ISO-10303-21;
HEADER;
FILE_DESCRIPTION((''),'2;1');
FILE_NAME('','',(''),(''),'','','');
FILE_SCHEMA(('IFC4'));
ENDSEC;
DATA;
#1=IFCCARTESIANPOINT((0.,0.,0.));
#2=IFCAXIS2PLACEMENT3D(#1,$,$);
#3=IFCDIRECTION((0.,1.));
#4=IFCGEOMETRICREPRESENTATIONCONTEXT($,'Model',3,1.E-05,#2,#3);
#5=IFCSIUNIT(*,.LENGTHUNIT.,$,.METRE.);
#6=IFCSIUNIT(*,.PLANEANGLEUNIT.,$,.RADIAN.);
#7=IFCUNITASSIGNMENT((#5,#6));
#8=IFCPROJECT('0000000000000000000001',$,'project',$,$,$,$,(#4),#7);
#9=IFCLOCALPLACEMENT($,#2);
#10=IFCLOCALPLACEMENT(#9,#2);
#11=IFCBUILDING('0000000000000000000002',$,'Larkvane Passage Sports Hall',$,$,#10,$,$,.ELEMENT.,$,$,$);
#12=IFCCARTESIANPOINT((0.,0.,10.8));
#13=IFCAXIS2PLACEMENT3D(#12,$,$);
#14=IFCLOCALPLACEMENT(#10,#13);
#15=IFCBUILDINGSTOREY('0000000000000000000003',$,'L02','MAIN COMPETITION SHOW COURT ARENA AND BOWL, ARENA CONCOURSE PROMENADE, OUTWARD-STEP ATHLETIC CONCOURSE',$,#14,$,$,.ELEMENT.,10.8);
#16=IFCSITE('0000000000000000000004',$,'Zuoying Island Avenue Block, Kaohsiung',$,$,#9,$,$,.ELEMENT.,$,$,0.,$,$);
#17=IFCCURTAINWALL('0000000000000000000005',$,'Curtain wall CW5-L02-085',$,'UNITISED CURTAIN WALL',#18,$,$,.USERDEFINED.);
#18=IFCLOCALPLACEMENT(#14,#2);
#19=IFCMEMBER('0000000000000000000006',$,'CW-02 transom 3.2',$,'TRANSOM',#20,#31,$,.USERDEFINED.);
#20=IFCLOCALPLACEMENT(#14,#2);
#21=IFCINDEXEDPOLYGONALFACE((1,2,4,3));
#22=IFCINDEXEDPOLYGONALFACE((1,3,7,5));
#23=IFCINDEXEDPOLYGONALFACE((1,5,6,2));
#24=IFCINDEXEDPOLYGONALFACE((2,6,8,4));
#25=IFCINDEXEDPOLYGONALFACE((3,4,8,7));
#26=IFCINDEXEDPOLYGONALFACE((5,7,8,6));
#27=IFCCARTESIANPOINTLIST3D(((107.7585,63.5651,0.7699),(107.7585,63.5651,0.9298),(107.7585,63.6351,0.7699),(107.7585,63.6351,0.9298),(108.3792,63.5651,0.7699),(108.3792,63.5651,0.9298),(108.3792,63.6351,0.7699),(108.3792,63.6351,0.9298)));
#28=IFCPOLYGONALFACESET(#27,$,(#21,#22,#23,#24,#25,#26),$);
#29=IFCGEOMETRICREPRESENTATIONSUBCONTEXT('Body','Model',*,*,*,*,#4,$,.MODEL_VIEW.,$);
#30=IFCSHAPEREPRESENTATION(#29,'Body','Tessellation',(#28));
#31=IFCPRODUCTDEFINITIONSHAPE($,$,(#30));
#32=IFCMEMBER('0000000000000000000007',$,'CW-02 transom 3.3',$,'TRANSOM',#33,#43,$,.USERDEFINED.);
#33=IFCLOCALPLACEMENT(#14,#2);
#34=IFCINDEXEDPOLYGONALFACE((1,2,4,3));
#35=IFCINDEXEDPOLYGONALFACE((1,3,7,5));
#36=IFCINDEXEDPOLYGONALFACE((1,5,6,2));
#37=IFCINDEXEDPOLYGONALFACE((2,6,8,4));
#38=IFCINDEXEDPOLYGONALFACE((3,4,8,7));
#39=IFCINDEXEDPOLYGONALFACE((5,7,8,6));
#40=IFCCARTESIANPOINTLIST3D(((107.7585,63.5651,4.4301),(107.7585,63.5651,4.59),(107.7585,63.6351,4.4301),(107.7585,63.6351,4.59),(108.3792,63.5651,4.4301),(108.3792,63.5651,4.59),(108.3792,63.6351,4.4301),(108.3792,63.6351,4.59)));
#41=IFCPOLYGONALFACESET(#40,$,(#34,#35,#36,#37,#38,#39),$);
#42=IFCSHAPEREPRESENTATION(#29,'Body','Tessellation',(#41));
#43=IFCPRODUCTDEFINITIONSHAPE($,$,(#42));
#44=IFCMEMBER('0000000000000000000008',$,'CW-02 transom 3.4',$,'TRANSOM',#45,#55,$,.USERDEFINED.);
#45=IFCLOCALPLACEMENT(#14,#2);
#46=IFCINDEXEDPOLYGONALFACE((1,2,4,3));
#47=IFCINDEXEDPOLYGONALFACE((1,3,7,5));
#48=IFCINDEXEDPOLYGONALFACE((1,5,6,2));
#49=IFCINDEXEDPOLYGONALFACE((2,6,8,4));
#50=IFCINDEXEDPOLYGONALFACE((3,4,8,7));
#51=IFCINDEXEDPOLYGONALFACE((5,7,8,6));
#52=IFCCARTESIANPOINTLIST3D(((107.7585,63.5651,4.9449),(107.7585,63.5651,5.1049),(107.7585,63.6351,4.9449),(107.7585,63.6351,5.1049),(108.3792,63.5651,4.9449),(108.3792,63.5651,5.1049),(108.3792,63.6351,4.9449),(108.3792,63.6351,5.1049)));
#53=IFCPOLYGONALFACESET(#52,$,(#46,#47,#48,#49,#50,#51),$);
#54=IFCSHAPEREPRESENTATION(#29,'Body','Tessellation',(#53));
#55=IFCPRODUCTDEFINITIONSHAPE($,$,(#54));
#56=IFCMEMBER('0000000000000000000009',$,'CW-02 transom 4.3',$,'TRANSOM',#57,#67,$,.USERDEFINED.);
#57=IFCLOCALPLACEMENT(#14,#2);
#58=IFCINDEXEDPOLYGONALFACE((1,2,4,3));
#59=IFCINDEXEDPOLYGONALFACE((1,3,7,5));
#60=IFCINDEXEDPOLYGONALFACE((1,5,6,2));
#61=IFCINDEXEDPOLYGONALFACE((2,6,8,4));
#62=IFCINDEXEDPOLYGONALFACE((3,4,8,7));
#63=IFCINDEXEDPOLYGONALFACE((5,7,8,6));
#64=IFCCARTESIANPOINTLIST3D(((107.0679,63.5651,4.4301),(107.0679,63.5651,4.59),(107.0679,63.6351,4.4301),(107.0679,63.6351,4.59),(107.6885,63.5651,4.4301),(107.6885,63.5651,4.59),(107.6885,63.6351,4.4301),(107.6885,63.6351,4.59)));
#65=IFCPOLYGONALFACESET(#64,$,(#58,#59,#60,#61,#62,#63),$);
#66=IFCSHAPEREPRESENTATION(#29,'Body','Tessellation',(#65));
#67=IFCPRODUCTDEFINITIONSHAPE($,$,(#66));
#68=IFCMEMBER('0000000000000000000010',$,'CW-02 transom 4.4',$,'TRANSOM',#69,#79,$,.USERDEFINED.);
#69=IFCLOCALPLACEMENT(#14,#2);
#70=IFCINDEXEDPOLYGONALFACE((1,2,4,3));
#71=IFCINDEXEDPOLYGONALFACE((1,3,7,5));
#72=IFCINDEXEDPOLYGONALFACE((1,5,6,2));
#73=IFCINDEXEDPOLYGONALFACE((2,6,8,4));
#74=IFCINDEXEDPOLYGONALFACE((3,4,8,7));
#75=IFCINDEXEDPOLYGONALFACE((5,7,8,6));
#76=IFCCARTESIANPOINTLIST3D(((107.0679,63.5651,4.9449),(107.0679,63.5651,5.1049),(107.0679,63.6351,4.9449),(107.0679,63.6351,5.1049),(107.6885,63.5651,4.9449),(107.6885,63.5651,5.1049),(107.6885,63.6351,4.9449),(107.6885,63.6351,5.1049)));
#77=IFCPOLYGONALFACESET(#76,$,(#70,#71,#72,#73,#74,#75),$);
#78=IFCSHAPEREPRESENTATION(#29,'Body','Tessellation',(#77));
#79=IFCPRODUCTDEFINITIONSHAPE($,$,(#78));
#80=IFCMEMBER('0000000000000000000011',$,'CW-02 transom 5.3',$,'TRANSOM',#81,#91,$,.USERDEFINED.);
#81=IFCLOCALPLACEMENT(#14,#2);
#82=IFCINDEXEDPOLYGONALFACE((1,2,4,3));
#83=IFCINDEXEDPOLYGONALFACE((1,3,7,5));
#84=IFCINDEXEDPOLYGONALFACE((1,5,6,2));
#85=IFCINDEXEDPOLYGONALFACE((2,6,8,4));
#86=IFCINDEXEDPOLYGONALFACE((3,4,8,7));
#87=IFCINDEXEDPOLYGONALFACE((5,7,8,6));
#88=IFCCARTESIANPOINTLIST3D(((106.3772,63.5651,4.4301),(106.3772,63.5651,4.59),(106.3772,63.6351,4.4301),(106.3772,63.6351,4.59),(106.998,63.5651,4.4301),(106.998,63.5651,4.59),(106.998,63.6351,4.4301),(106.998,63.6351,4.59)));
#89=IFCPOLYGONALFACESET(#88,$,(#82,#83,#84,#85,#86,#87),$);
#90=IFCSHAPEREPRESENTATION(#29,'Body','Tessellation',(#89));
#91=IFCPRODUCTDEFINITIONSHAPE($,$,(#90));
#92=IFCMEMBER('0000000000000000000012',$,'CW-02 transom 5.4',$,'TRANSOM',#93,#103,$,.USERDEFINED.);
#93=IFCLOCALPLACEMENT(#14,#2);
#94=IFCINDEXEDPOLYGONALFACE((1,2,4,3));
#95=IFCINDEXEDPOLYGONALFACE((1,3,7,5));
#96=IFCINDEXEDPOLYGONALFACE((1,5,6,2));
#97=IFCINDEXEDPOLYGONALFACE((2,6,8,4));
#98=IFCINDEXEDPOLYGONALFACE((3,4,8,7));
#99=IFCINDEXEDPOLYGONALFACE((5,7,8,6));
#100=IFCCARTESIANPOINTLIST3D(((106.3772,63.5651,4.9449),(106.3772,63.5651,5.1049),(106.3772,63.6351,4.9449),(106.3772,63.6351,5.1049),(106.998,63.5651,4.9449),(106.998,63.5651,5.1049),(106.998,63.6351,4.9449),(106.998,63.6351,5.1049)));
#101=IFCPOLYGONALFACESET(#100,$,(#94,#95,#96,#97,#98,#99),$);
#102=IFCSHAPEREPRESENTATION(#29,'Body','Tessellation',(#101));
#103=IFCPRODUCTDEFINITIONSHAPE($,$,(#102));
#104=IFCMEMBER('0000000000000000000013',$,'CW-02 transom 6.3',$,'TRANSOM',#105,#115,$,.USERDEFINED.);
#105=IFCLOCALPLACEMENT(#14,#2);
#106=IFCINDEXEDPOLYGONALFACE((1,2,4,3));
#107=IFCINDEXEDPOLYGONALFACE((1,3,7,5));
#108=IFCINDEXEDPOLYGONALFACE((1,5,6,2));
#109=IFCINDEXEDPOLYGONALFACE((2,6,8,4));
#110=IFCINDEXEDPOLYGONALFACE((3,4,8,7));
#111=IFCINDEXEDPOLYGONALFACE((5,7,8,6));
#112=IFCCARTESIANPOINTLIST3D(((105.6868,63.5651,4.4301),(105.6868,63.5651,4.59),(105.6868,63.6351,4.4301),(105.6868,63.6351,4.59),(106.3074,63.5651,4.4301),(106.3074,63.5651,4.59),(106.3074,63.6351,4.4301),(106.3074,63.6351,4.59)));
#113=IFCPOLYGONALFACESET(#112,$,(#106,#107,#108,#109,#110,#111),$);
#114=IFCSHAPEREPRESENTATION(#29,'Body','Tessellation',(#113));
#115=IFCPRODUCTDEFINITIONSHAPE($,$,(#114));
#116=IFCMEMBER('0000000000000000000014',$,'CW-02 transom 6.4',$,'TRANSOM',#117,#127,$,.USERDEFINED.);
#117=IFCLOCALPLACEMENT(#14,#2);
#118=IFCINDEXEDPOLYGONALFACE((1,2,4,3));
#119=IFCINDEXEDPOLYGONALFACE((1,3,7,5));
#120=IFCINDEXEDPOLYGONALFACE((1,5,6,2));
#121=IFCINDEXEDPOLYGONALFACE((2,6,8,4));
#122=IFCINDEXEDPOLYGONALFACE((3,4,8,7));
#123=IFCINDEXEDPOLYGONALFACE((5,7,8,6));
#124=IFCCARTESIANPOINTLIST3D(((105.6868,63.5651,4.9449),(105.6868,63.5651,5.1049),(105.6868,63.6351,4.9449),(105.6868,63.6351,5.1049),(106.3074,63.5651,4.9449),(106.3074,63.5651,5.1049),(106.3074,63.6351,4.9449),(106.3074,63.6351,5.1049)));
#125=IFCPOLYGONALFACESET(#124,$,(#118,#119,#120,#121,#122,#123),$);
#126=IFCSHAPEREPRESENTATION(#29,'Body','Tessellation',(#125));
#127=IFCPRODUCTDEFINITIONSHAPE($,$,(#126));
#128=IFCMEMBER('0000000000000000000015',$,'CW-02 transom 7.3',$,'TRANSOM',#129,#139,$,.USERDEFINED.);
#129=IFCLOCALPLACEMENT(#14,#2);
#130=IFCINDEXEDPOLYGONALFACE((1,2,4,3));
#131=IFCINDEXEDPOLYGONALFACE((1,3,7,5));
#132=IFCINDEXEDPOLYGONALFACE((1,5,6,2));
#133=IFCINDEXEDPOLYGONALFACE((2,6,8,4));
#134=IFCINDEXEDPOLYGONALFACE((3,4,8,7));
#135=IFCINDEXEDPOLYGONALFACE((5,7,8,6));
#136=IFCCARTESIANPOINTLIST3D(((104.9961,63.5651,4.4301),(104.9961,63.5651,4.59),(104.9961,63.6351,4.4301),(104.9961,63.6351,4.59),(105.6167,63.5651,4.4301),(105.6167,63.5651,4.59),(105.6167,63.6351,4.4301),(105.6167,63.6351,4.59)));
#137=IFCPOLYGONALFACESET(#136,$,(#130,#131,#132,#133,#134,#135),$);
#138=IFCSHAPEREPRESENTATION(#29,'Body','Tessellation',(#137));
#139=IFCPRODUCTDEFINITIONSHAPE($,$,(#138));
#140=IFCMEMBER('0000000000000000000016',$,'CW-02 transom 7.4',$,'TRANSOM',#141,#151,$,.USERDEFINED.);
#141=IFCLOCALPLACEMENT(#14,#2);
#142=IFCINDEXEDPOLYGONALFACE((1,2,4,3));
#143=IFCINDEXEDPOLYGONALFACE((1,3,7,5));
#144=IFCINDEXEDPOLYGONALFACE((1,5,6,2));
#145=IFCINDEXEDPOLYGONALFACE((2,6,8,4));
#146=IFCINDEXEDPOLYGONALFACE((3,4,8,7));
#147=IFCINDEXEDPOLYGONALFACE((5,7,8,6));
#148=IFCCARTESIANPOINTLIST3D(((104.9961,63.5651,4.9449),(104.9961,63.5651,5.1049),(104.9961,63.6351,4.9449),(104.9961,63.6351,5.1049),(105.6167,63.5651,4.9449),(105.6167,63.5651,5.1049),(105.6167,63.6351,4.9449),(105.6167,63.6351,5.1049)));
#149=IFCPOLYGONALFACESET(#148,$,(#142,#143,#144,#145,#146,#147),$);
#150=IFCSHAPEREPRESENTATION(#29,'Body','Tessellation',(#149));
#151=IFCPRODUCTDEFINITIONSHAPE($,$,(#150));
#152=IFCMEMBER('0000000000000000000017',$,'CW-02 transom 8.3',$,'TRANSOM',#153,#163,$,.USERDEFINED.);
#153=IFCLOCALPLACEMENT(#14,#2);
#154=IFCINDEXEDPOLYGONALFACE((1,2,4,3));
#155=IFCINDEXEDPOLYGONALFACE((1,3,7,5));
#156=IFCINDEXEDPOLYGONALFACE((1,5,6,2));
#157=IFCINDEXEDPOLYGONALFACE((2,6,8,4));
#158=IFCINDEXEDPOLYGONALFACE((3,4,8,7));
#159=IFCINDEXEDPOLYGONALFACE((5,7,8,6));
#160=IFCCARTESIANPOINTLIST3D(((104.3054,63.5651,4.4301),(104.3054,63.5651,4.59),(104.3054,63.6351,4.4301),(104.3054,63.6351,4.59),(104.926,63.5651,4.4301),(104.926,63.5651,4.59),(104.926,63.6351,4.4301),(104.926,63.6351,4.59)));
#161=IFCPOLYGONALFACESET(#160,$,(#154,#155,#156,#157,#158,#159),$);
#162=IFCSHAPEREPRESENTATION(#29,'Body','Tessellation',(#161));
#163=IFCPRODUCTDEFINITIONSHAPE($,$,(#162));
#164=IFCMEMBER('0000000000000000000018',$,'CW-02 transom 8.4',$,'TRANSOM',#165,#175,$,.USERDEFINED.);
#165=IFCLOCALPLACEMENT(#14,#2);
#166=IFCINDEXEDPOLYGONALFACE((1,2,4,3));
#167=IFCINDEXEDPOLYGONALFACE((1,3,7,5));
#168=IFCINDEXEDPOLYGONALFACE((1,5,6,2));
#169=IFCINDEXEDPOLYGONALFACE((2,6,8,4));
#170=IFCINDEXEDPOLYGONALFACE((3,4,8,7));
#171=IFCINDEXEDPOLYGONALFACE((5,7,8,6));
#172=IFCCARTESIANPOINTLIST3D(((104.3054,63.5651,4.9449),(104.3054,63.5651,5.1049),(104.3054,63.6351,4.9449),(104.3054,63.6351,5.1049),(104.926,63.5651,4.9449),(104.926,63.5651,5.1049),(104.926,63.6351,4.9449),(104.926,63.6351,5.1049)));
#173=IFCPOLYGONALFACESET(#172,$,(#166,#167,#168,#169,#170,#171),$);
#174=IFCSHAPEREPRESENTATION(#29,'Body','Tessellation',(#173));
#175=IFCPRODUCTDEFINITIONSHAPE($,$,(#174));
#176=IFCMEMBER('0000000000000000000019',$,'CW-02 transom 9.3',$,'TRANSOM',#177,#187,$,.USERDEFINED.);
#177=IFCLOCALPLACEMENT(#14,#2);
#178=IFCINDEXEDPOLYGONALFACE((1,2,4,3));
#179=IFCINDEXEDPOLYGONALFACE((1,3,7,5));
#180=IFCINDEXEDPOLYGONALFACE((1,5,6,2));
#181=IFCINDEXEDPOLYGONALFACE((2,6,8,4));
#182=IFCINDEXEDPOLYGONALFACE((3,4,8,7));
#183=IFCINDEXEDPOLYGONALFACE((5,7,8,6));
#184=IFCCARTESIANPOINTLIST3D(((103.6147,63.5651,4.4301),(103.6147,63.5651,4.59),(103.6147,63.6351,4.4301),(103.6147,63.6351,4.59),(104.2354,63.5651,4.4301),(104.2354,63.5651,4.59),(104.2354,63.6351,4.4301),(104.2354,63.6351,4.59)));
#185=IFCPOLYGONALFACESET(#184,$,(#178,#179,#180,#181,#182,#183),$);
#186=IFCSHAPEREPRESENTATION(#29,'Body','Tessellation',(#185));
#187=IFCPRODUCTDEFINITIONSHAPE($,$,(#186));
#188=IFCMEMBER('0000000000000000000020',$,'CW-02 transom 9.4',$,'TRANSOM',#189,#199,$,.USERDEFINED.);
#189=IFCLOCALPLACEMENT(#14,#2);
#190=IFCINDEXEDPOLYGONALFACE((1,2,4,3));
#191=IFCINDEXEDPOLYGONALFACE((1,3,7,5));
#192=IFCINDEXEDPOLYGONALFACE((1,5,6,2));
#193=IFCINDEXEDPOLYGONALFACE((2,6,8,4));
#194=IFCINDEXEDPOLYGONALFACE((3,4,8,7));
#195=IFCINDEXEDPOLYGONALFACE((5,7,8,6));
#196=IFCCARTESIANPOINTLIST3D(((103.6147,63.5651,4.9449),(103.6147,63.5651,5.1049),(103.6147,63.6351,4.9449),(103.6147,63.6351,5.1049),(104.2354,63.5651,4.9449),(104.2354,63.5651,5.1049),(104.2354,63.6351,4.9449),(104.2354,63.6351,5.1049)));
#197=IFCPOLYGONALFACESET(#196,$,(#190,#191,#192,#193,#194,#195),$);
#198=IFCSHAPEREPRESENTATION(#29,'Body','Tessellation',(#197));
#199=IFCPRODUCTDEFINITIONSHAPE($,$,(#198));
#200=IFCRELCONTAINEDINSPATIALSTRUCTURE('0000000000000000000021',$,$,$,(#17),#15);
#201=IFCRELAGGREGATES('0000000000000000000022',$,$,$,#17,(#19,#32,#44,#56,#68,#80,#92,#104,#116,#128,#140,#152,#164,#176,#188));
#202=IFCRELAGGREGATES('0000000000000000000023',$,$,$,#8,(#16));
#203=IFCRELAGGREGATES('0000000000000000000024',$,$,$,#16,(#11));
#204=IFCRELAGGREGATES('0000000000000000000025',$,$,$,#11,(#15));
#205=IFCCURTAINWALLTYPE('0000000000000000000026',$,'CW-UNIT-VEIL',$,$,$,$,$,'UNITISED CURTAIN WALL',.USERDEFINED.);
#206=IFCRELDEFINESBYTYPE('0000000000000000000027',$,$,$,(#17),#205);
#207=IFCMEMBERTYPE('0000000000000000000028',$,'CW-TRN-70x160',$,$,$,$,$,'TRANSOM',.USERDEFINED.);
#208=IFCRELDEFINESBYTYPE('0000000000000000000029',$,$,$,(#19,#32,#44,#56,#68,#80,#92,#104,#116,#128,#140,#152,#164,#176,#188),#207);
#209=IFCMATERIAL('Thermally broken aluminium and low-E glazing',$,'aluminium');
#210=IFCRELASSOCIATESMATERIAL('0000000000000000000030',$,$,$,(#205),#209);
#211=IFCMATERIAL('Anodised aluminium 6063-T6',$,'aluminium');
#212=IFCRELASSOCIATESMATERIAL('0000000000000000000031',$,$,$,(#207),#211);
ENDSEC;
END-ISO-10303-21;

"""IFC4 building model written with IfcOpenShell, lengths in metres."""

from ifc_helpers import new_model, si_unit, direction, frame, origin, origin_2d, place, context, subcontext, project, spatial, rectangle, extrude, material, material_profile, profile_set, type_object, element, aggregate, save


model = new_model("IFC4")

# Units and contexts
model_context = context("Model", 3, precision=1e-05, world=origin(), true_north=direction((0.0, 1.0)))
body_context = subcontext(model_context, "Body", "Model", "MODEL_VIEW")
ifc_project = project(units=[si_unit("LENGTHUNIT", "METRE"), si_unit("PLANEANGLEUNIT", "RADIAN")], contexts=[model_context])

# Site, building, storey
site_placement = place(None, origin())
site = spatial("IfcSite", under=ifc_project, at=site_placement, Name="Zuoying Island Avenue Block, Kaohsiung", CompositionType="ELEMENT", RefElevation=0.0)
building_placement = place(site_placement, origin())
building = spatial("IfcBuilding", under=site, at=building_placement, Name="Larkvane Passage Sports Hall", CompositionType="ELEMENT")
storey_placement = place(building_placement, frame((0.0, 0.0, 10.8)))
storey = spatial("IfcBuildingStorey", under=building, at=storey_placement, Name="L02", Description="MAIN COMPETITION SHOW COURT ARENA AND BOWL, ARENA CONCOURSE PROMENADE, OUTWARD-STEP ATHLETIC CONCOURSE", CompositionType="ELEMENT", Elevation=10.8)

# Curtain wall, members
ifc_material_1 = material(Name="Thermally broken aluminium and low-E glazing", Category="aluminium")
curtain_wall_type = type_object("IfcCurtainWallType", Name="CW-UNIT-VEIL", ElementType="UNITISED CURTAIN WALL", PredefinedType="USERDEFINED", material=ifc_material_1)
curtain_wall_placement = place(storey_placement, origin())
curtain_wall = element("IfcCurtainWall", 1, at=curtain_wall_placement, inside=storey, type_object=curtain_wall_type, Name="Curtain wall CW5-L02-085", ObjectType="UNITISED CURTAIN WALL", PredefinedType="USERDEFINED")
ifc_material_2 = material(Name="Anodised aluminium 6063-T6", Category="aluminium")
ifc_material_profile = material_profile(ifc_material_2, rectangle(XDim=0.0701, YDim=0.1599, at=origin_2d()), Name="ALU-TRN-70x160")
ifc_profile_set = profile_set([ifc_material_profile], Name="Anodised aluminium 6063-T6")
member_type = type_object("IfcMemberType", Name="CW-TRN-70x160", ElementType="TRANSOM", PredefinedType="USERDEFINED", material=ifc_profile_set)
member_1_placement = place(storey_placement, frame((108.3792, 63.6001, 0.8499), z_axis=(-1.0, 0.0, 0.0), x_axis=(0.0, -1.0, 0.0)))
member_1 = element("IfcMember", 2, at=member_1_placement, type_object=member_type, Name="CW-02 transom 3.2", ObjectType="TRANSOM", PredefinedType="USERDEFINED", context=body_context, shape_type="SweptSolid", body=[
    extrude(rectangle(XDim=0.0701, YDim=0.1599, at=origin_2d()), origin(), (0.0, 0.0, 1.0), 0.6206),
])
member_2_placement = place(storey_placement, frame((108.3792, 63.6001, 4.51), z_axis=(-1.0, 0.0, 0.0), x_axis=(0.0, -1.0, 0.0)))
member_2 = element("IfcMember", 3, at=member_2_placement, type_object=member_type, Name="CW-02 transom 3.3", ObjectType="TRANSOM", PredefinedType="USERDEFINED", context=body_context, shape_type="SweptSolid", body=[
    extrude(rectangle(XDim=0.0701, YDim=0.1599, at=origin_2d()), origin(), (0.0, 0.0, 1.0), 0.6206),
])
member_3_placement = place(storey_placement, frame((108.3792, 63.6001, 5.0249), z_axis=(-1.0, 0.0, 0.0), x_axis=(0.0, -1.0, 0.0)))
member_3 = element("IfcMember", 4, at=member_3_placement, type_object=member_type, Name="CW-02 transom 3.4", ObjectType="TRANSOM", PredefinedType="USERDEFINED", context=body_context, shape_type="SweptSolid", body=[
    extrude(rectangle(XDim=0.0701, YDim=0.1599, at=origin_2d()), origin(), (0.0, 0.0, 1.0), 0.6206),
])
member_4_placement = place(storey_placement, frame((107.6885, 63.6001, 4.51), z_axis=(-1.0, 0.0, 0.0), x_axis=(0.0, -1.0, 0.0)))
member_4 = element("IfcMember", 5, at=member_4_placement, type_object=member_type, Name="CW-02 transom 4.3", ObjectType="TRANSOM", PredefinedType="USERDEFINED", context=body_context, shape_type="SweptSolid", body=[
    extrude(rectangle(XDim=0.0701, YDim=0.1599, at=origin_2d()), origin(), (0.0, 0.0, 1.0), 0.6206),
])
member_5_placement = place(storey_placement, frame((107.6885, 63.6001, 5.0249), z_axis=(-1.0, 0.0, 0.0), x_axis=(0.0, -1.0, 0.0)))
member_5 = element("IfcMember", 6, at=member_5_placement, type_object=member_type, Name="CW-02 transom 4.4", ObjectType="TRANSOM", PredefinedType="USERDEFINED", context=body_context, shape_type="SweptSolid", body=[
    extrude(rectangle(XDim=0.0701, YDim=0.1599, at=origin_2d()), origin(), (0.0, 0.0, 1.0), 0.6206),
])
member_6_placement = place(storey_placement, frame((106.998, 63.6001, 4.51), z_axis=(-1.0, 0.0, 0.0), x_axis=(0.0, -1.0, 0.0)))
member_6 = element("IfcMember", 7, at=member_6_placement, type_object=member_type, Name="CW-02 transom 5.3", ObjectType="TRANSOM", PredefinedType="USERDEFINED", context=body_context, shape_type="SweptSolid", body=[
    extrude(rectangle(XDim=0.0701, YDim=0.1599, at=origin_2d()), origin(), (0.0, 0.0, 1.0), 0.6208),
])
member_7_placement = place(storey_placement, frame((106.998, 63.6001, 5.0249), z_axis=(-1.0, 0.0, 0.0), x_axis=(0.0, -1.0, 0.0)))
member_7 = element("IfcMember", 8, at=member_7_placement, type_object=member_type, Name="CW-02 transom 5.4", ObjectType="TRANSOM", PredefinedType="USERDEFINED", context=body_context, shape_type="SweptSolid", body=[
    extrude(rectangle(XDim=0.0701, YDim=0.1599, at=origin_2d()), origin(), (0.0, 0.0, 1.0), 0.6208),
])
member_8_placement = place(storey_placement, frame((106.3074, 63.6001, 4.51), z_axis=(-1.0, 0.0, 0.0), x_axis=(0.0, -1.0, 0.0)))
member_8 = element("IfcMember", 9, at=member_8_placement, type_object=member_type, Name="CW-02 transom 6.3", ObjectType="TRANSOM", PredefinedType="USERDEFINED", context=body_context, shape_type="SweptSolid", body=[
    extrude(rectangle(XDim=0.0701, YDim=0.1599, at=origin_2d()), origin(), (0.0, 0.0, 1.0), 0.6206),
])
member_9_placement = place(storey_placement, frame((106.3074, 63.6001, 5.0249), z_axis=(-1.0, 0.0, 0.0), x_axis=(0.0, -1.0, 0.0)))
member_9 = element("IfcMember", 10, at=member_9_placement, type_object=member_type, Name="CW-02 transom 6.4", ObjectType="TRANSOM", PredefinedType="USERDEFINED", context=body_context, shape_type="SweptSolid", body=[
    extrude(rectangle(XDim=0.0701, YDim=0.1599, at=origin_2d()), origin(), (0.0, 0.0, 1.0), 0.6206),
])
member_10_placement = place(storey_placement, frame((105.6167, 63.6001, 4.51), z_axis=(-1.0, 0.0, 0.0), x_axis=(0.0, -1.0, 0.0)))
member_10 = element("IfcMember", 11, at=member_10_placement, type_object=member_type, Name="CW-02 transom 7.3", ObjectType="TRANSOM", PredefinedType="USERDEFINED", context=body_context, shape_type="SweptSolid", body=[
    extrude(rectangle(XDim=0.0701, YDim=0.1599, at=origin_2d()), origin(), (0.0, 0.0, 1.0), 0.6206),
])
member_11_placement = place(storey_placement, frame((105.6167, 63.6001, 5.0249), z_axis=(-1.0, 0.0, 0.0), x_axis=(0.0, -1.0, 0.0)))
member_11 = element("IfcMember", 12, at=member_11_placement, type_object=member_type, Name="CW-02 transom 7.4", ObjectType="TRANSOM", PredefinedType="USERDEFINED", context=body_context, shape_type="SweptSolid", body=[
    extrude(rectangle(XDim=0.0701, YDim=0.1599, at=origin_2d()), origin(), (0.0, 0.0, 1.0), 0.6206),
])
member_12_placement = place(storey_placement, frame((104.926, 63.6001, 4.51), z_axis=(-1.0, 0.0, 0.0), x_axis=(0.0, -1.0, 0.0)))
member_12 = element("IfcMember", 13, at=member_12_placement, type_object=member_type, Name="CW-02 transom 8.3", ObjectType="TRANSOM", PredefinedType="USERDEFINED", context=body_context, shape_type="SweptSolid", body=[
    extrude(rectangle(XDim=0.0701, YDim=0.1599, at=origin_2d()), origin(), (0.0, 0.0, 1.0), 0.6206),
])
member_13_placement = place(storey_placement, frame((104.926, 63.6001, 5.0249), z_axis=(-1.0, 0.0, 0.0), x_axis=(0.0, -1.0, 0.0)))
member_13 = element("IfcMember", 14, at=member_13_placement, type_object=member_type, Name="CW-02 transom 8.4", ObjectType="TRANSOM", PredefinedType="USERDEFINED", context=body_context, shape_type="SweptSolid", body=[
    extrude(rectangle(XDim=0.0701, YDim=0.1599, at=origin_2d()), origin(), (0.0, 0.0, 1.0), 0.6206),
])
member_14_placement = place(storey_placement, frame((104.2354, 63.6001, 4.51), z_axis=(-1.0, 0.0, 0.0), x_axis=(0.0, -1.0, 0.0)))
member_14 = element("IfcMember", 15, at=member_14_placement, type_object=member_type, Name="CW-02 transom 9.3", ObjectType="TRANSOM", PredefinedType="USERDEFINED", context=body_context, shape_type="SweptSolid", body=[
    extrude(rectangle(XDim=0.0701, YDim=0.1599, at=origin_2d()), origin(), (0.0, 0.0, 1.0), 0.6206),
])
member_15_placement = place(storey_placement, frame((104.2354, 63.6001, 5.0249), z_axis=(-1.0, 0.0, 0.0), x_axis=(0.0, -1.0, 0.0)))
member_15 = element("IfcMember", 16, at=member_15_placement, type_object=member_type, Name="CW-02 transom 9.4", ObjectType="TRANSOM", PredefinedType="USERDEFINED", context=body_context, shape_type="SweptSolid", body=[
    extrude(rectangle(XDim=0.0701, YDim=0.1599, at=origin_2d()), origin(), (0.0, 0.0, 1.0), 0.6206),
])
aggregate(curtain_wall, [member_1, member_2, member_3, member_4, member_5, member_6, member_7, member_8, member_9, member_10, member_11, member_12, member_13, member_14, member_15])

save(model, "model.ifc")
